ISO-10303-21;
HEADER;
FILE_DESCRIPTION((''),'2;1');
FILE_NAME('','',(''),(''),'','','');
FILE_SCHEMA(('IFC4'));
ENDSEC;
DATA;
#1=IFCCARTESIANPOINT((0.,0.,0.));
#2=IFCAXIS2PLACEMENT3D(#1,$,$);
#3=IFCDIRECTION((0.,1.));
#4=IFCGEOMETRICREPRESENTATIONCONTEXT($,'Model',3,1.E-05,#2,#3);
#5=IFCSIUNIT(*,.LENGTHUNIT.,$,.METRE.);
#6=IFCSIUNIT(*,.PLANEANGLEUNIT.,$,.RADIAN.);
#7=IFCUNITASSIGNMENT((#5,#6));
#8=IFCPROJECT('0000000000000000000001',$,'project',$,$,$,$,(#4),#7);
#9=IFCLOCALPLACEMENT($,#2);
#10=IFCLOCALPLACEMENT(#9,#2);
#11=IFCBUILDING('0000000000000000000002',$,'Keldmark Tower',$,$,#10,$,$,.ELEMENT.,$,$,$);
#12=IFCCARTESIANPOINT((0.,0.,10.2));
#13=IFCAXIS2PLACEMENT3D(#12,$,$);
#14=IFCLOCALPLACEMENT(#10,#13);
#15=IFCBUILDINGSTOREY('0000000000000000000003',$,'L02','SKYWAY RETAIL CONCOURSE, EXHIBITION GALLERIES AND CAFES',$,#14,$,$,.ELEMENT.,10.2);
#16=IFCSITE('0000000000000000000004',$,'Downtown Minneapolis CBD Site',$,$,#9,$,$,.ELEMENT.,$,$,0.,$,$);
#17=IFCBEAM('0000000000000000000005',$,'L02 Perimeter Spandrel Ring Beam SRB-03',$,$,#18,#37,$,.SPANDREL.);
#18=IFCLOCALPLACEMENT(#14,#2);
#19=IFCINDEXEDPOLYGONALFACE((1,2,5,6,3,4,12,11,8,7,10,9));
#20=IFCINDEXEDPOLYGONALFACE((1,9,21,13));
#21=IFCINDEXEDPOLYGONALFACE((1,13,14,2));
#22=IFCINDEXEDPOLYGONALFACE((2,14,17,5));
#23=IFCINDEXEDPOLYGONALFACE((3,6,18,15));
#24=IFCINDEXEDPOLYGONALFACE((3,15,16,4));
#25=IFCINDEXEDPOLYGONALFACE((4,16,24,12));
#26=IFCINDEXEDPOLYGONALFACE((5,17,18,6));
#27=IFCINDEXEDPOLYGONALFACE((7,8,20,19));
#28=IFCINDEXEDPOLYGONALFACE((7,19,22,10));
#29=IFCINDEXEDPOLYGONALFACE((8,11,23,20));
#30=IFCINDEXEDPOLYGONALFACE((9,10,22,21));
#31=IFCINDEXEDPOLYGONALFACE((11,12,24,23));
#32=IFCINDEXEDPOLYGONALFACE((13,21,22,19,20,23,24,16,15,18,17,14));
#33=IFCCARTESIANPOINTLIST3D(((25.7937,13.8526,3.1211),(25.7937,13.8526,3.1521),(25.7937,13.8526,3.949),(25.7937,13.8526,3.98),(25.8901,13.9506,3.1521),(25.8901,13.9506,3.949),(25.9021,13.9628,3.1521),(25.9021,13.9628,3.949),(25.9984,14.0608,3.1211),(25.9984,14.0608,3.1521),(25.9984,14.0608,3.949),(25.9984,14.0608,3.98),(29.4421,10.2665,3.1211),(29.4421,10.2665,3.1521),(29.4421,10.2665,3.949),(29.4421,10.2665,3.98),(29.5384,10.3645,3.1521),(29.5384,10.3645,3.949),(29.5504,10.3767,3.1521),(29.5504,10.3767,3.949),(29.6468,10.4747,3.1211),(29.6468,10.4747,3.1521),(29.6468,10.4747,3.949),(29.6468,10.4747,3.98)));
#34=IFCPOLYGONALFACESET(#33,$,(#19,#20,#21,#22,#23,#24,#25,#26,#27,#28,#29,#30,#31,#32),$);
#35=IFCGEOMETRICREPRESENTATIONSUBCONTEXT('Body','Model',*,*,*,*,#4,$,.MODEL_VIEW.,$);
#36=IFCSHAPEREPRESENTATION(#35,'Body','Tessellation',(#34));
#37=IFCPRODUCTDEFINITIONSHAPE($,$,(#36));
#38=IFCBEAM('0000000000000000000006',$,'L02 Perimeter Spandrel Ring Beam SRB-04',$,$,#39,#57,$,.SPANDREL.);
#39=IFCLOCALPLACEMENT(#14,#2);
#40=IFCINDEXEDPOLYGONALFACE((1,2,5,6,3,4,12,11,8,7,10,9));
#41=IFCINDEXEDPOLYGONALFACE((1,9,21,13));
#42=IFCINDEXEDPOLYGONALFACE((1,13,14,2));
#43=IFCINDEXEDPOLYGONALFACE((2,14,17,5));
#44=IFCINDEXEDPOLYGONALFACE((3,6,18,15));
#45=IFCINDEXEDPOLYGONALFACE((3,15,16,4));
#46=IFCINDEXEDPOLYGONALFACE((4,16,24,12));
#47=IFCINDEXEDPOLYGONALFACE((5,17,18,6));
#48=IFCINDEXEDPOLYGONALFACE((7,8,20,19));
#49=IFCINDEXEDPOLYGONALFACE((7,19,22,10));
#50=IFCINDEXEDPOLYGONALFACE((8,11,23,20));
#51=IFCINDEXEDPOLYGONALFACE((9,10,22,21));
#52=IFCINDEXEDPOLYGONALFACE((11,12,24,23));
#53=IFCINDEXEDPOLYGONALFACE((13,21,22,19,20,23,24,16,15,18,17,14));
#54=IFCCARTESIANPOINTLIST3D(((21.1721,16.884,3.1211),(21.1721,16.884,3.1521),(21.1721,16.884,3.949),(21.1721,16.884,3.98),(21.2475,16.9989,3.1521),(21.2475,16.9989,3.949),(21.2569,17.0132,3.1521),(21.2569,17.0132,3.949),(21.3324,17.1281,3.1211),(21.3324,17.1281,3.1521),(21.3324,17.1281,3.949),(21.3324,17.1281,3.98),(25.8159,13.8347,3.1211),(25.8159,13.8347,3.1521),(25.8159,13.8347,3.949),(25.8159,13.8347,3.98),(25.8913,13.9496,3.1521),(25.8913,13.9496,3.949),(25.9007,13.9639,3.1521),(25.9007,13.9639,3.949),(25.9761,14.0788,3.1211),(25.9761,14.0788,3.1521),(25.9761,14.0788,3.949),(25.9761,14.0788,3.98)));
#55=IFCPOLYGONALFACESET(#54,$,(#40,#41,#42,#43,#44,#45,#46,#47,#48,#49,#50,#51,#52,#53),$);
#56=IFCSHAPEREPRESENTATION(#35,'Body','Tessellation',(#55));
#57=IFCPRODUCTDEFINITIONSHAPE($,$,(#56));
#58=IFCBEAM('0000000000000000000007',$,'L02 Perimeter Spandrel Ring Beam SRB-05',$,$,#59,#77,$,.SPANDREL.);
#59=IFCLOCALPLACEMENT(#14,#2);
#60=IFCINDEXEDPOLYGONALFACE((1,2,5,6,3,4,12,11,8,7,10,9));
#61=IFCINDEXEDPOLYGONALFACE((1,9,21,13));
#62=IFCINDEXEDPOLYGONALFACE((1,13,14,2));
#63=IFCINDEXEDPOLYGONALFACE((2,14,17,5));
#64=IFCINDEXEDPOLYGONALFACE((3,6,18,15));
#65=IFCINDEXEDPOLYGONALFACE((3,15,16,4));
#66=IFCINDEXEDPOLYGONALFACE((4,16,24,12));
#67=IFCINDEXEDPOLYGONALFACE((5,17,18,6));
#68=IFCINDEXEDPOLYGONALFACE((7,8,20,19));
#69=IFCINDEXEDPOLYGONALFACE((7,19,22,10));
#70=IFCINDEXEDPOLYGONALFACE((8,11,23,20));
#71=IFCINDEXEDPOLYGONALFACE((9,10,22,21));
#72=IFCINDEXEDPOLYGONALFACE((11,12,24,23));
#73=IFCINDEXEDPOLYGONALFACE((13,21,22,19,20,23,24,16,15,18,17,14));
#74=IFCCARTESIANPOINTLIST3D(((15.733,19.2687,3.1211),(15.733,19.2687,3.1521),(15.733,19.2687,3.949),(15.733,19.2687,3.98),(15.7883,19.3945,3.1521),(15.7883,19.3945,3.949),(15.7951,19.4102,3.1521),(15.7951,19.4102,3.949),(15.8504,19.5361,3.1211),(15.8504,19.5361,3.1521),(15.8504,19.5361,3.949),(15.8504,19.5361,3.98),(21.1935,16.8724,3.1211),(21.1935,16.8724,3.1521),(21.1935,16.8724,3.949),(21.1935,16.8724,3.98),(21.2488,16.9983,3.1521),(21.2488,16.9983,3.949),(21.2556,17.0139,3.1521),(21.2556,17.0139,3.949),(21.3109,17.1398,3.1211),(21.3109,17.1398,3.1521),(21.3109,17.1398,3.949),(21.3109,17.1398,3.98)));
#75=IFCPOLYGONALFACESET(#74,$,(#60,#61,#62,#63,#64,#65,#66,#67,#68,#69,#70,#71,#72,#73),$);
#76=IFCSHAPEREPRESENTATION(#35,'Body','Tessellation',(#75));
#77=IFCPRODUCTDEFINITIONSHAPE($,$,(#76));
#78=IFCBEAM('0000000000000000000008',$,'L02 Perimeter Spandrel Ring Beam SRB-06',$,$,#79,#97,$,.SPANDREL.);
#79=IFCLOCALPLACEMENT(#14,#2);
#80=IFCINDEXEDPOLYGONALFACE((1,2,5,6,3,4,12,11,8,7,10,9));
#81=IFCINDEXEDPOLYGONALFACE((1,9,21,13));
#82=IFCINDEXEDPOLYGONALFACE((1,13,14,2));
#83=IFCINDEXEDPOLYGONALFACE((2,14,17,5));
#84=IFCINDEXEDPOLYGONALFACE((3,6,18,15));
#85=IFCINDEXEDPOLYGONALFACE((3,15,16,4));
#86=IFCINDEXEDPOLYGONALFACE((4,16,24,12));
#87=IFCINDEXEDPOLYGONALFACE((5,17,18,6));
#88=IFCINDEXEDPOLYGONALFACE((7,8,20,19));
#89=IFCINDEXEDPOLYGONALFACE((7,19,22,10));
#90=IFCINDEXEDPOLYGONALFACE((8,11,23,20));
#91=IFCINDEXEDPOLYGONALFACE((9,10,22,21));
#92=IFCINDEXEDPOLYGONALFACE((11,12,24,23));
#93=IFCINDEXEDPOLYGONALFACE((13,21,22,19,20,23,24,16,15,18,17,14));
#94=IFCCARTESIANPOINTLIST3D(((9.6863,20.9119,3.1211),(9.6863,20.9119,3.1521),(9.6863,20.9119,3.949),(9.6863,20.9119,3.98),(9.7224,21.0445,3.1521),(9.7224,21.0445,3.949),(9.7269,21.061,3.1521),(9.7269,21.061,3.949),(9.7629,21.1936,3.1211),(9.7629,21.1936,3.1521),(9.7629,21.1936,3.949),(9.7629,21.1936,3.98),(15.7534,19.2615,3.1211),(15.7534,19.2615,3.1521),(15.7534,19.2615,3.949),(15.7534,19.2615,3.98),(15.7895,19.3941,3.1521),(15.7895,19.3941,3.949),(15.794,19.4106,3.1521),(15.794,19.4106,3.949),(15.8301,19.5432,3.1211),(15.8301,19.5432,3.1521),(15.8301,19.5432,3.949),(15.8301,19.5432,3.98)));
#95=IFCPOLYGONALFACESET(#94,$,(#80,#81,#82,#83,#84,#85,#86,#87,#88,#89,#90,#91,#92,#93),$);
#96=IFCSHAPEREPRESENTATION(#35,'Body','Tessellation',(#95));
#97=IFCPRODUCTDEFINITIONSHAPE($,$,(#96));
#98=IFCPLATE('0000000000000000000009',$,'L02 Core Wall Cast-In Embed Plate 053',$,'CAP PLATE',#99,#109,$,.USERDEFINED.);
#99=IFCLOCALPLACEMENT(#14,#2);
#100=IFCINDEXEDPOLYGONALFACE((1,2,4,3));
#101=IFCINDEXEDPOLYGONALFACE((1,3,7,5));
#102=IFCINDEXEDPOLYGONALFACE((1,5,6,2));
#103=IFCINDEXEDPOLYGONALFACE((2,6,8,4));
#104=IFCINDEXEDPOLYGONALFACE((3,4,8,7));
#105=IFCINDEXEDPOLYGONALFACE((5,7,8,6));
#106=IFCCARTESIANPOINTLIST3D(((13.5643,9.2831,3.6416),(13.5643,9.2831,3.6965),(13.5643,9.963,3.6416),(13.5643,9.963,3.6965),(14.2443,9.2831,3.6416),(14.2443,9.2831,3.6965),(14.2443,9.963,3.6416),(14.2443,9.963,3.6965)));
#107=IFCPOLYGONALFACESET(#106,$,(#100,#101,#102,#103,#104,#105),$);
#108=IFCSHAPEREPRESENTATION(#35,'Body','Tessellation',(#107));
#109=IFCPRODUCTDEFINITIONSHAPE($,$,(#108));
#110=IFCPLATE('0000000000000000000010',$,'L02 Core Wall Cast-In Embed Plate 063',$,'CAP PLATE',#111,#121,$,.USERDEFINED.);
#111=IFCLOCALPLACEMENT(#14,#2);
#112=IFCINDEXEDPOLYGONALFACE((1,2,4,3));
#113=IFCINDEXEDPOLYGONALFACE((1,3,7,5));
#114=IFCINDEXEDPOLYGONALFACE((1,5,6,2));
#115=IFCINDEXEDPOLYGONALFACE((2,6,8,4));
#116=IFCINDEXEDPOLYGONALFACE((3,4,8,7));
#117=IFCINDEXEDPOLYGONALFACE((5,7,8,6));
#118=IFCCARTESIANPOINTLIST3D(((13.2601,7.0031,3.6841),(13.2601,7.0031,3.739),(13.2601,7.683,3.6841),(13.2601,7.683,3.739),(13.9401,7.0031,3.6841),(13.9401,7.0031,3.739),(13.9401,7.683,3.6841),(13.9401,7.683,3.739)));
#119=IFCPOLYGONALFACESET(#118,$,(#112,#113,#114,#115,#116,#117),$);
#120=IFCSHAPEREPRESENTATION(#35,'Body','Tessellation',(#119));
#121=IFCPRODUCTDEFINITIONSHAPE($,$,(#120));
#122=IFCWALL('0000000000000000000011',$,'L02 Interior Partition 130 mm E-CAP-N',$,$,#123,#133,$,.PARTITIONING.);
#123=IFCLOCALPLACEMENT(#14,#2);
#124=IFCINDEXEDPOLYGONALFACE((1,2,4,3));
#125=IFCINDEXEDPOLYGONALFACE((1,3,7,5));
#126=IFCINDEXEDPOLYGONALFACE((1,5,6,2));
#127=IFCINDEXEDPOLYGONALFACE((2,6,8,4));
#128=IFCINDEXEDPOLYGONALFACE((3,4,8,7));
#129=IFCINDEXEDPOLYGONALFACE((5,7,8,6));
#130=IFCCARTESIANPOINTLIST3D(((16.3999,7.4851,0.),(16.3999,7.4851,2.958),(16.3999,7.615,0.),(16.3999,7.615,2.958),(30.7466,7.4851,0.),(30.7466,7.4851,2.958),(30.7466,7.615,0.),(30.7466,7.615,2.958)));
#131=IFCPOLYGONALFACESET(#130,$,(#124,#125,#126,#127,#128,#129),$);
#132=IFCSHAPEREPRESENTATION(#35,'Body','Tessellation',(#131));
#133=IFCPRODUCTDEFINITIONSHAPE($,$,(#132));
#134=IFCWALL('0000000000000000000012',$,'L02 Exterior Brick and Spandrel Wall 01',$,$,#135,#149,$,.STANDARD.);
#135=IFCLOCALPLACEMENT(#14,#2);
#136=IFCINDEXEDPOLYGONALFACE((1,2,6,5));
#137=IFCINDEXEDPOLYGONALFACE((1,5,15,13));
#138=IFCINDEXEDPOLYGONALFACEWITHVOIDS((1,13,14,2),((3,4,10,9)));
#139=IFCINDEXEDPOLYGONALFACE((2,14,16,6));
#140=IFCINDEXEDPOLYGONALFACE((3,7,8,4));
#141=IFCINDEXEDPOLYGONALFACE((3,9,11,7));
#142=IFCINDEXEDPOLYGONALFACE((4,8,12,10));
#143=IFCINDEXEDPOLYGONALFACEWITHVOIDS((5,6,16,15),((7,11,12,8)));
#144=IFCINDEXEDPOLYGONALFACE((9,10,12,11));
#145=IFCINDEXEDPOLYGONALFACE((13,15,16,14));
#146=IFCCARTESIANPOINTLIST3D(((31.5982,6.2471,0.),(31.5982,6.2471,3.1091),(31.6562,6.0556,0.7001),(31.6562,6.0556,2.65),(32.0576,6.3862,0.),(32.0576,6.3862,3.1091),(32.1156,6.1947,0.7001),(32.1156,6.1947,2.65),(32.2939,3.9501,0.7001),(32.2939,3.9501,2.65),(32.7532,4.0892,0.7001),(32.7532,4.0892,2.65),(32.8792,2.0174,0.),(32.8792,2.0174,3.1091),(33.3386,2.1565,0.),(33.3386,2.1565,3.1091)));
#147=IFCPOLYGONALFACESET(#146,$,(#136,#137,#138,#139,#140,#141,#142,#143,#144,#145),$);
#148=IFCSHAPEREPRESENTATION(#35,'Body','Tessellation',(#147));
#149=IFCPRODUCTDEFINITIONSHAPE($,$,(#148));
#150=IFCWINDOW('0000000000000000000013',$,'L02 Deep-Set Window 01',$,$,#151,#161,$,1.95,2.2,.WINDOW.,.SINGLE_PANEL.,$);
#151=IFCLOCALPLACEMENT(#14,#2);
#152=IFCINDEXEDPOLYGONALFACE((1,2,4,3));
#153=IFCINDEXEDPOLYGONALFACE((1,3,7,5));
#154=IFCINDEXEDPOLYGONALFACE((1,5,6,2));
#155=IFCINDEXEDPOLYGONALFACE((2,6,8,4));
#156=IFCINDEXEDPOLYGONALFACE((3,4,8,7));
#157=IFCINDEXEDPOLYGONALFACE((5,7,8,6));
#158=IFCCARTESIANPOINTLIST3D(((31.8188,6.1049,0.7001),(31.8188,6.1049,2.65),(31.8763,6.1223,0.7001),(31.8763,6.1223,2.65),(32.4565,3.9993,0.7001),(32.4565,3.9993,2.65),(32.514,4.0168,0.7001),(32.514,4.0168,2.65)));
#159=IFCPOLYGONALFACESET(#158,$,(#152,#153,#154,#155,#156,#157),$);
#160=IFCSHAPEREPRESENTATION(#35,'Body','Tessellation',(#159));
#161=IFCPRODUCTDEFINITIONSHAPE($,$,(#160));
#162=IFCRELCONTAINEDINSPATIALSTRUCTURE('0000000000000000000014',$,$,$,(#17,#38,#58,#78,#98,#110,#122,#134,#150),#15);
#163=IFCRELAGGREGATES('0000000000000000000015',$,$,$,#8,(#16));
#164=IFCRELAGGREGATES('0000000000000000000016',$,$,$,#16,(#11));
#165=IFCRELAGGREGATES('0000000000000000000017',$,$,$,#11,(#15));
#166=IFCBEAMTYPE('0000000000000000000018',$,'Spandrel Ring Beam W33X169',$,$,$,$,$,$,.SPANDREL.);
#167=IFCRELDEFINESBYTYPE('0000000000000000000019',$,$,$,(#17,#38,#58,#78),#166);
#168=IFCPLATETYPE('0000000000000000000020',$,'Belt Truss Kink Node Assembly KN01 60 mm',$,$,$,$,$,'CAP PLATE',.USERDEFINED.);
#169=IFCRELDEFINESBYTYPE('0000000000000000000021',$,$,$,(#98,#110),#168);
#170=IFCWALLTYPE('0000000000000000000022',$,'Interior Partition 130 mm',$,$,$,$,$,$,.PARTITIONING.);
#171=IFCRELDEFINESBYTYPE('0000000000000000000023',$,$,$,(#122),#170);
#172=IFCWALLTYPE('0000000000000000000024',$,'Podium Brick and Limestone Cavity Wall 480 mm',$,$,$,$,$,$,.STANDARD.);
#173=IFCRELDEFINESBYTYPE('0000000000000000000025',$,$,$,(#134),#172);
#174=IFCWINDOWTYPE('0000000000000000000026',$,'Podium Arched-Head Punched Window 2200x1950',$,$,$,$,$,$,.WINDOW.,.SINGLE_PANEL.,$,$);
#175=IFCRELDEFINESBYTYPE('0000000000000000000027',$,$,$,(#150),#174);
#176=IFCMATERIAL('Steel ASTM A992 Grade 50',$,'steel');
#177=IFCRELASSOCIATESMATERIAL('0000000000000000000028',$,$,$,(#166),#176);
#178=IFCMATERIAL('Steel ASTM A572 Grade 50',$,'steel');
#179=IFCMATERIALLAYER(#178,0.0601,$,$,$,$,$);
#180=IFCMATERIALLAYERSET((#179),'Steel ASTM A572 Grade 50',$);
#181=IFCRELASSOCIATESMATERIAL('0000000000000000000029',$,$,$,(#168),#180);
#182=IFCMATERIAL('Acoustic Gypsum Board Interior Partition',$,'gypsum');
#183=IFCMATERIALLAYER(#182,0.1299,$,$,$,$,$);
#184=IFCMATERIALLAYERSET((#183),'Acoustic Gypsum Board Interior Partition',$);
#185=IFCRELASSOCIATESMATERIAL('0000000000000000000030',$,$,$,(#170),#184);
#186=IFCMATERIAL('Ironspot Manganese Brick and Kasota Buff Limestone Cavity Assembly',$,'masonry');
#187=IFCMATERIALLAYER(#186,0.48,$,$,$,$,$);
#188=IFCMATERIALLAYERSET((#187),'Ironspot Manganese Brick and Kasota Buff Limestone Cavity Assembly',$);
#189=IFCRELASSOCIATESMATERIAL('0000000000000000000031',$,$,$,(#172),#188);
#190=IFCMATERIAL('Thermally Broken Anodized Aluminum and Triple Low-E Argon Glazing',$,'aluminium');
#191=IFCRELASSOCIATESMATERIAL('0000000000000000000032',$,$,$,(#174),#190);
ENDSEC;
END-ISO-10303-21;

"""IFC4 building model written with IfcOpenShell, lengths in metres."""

from ifc_helpers import new_model, si_unit, direction, frame, frame_2d, origin, origin_2d, place, context, subcontext, project, spatial, rectangle, i_section, extrude, material, layer, layer_set, material_profile, profile_set, type_object, element, fill, save


model = new_model("IFC4")

# Units and contexts
model_context = context("Model", 3, precision=1e-05, world=origin(), true_north=direction((0.0, 1.0)))
body_context = subcontext(model_context, "Body", "Model", "MODEL_VIEW")
ifc_project = project(units=[si_unit("LENGTHUNIT", "METRE"), si_unit("PLANEANGLEUNIT", "RADIAN")], contexts=[model_context])

# Site, building, storey
site_placement = place(None, origin())
site = spatial("IfcSite", under=ifc_project, at=site_placement, Name="Downtown Minneapolis CBD Site", CompositionType="ELEMENT", RefElevation=0.0)
building_placement = place(site_placement, origin())
building = spatial("IfcBuilding", under=site, at=building_placement, Name="Keldmark Tower", CompositionType="ELEMENT")
storey_placement = place(building_placement, frame((0.0, 0.0, 10.2)))
storey = spatial("IfcBuildingStorey", under=building, at=storey_placement, Name="L02", Description="SKYWAY RETAIL CONCOURSE, EXHIBITION GALLERIES AND CAFES", CompositionType="ELEMENT", Elevation=10.2)

# Beams
ifc_material_1 = material(Name="Steel ASTM A992 Grade 50", Category="steel")
ifc_material_profile_1 = material_profile(ifc_material_1, i_section(OverallWidth=0.292, OverallDepth=0.8589, WebThickness=0.0171, FlangeThickness=0.031, at=origin_2d()), Name="W33X169")
ifc_profile_set_1 = profile_set([ifc_material_profile_1], Name="Steel ASTM A992 Grade 50")
beam_type_1 = type_object("IfcBeamType", Name="Spandrel Ring Beam W33X169", PredefinedType="SPANDREL", material=ifc_profile_set_1)
beam_1_placement = place(storey_placement, frame((29.5444, 10.3706, 3.5505), z_axis=(-0.713165, 0.700996, 0.0), x_axis=(-0.700996, -0.713165, 0.0)))
element("IfcBeam", 1, at=beam_1_placement, inside=storey, type_object=beam_type_1, Name="L02 Perimeter Spandrel Ring Beam SRB-03", PredefinedType="SPANDREL", context=body_context, shape_type="SweptSolid", body=[
    extrude(i_section(OverallWidth=0.292, OverallDepth=0.8589, WebThickness=0.0171, FlangeThickness=0.031, at=origin_2d()), origin(), (0.0, 0.0, 1.0), 5.1157),
])
beam_2_placement = place(storey_placement, frame((25.896, 13.9568, 3.5505), z_axis=(-0.835897, 0.548886, 0.0), x_axis=(-0.548886, -0.835897, 0.0)))
element("IfcBeam", 2, at=beam_2_placement, inside=storey, type_object=beam_type_1, Name="L02 Perimeter Spandrel Ring Beam SRB-04", PredefinedType="SPANDREL", context=body_context, shape_type="SweptSolid", body=[
    extrude(i_section(OverallWidth=0.292, OverallDepth=0.8589, WebThickness=0.0171, FlangeThickness=0.031, at=origin_2d()), origin(), (0.0, 0.0, 1.0), 5.5554),
])
beam_3_placement = place(storey_placement, frame((21.2522, 17.0061, 3.5505), z_axis=(-0.915708, 0.401845, 0.0), x_axis=(-0.401845, -0.915708, 0.0)))
element("IfcBeam", 3, at=beam_3_placement, inside=storey, type_object=beam_type_1, Name="L02 Perimeter Spandrel Ring Beam SRB-05", PredefinedType="SPANDREL", context=body_context, shape_type="SweptSolid", body=[
    extrude(i_section(OverallWidth=0.292, OverallDepth=0.8589, WebThickness=0.0171, FlangeThickness=0.031, at=origin_2d()), origin(), (0.0, 0.0, 1.0), 5.9631),
])
beam_4_placement = place(storey_placement, frame((15.7917, 19.4023, 3.5505), z_axis=(-0.964937, 0.262483, 0.0), x_axis=(-0.262483, -0.964937, 0.0)))
element("IfcBeam", 4, at=beam_4_placement, inside=storey, type_object=beam_type_1, Name="L02 Perimeter Spandrel Ring Beam SRB-06", PredefinedType="SPANDREL", context=body_context, shape_type="SweptSolid", body=[
    extrude(i_section(OverallWidth=0.292, OverallDepth=0.8589, WebThickness=0.0171, FlangeThickness=0.031, at=origin_2d()), origin(), (0.0, 0.0, 1.0), 6.2876),
])

# Plates
ifc_material_2 = material(Name="Steel ASTM A572 Grade 50", Category="steel")
ifc_layer_1 = layer(ifc_material_2, 0.0601)
ifc_layer_set_1 = layer_set([ifc_layer_1], Name="Steel ASTM A572 Grade 50")
plate_type = type_object("IfcPlateType", Name="Belt Truss Kink Node Assembly KN01 60 mm", ElementType="CAP PLATE", PredefinedType="USERDEFINED", material=ifc_layer_set_1)
for number, where, z_axis, x_axis, name in (
    (5, (13.9043, 9.623, 3.6416), (0.0, 0.0, 1.0), (1.0, 0.0, 0.0), "L02 Core Wall Cast-In Embed Plate 053"),
    (6, (13.6001, 7.343, 3.6841), (0.0, 0.0, 1.0), (1.0, 0.0, 0.0), "L02 Core Wall Cast-In Embed Plate 063"),
):
    element("IfcPlate", number, at=place(storey_placement, frame(where, z_axis=z_axis, x_axis=x_axis)), inside=storey, type_object=plate_type, Name=name, ObjectType="CAP PLATE", PredefinedType="USERDEFINED", context=body_context, shape_type="SweptSolid", body=[
        extrude(rectangle(XDim=0.6799, YDim=0.6799, at=origin_2d()), origin(), (0.0, 0.0, 1.0), 0.0549),
    ])

# Wall
ifc_material_3 = material(Name="Acoustic Gypsum Board Interior Partition", Category="gypsum")
ifc_layer_2 = layer(ifc_material_3, 0.1299)
ifc_layer_set_2 = layer_set([ifc_layer_2], Name="Acoustic Gypsum Board Interior Partition")
wall_type_1 = type_object("IfcWallType", Name="Interior Partition 130 mm", PredefinedType="PARTITIONING", material=ifc_layer_set_2)
wall_1_placement = place(storey_placement, frame((16.3999, 7.55, 0.0), z_axis=(0.0, 0.0, 1.0), x_axis=(1.0, 0.0, 0.0)))
element("IfcWall", 7, at=wall_1_placement, inside=storey, type_object=wall_type_1, Name="L02 Interior Partition 130 mm E-CAP-N", PredefinedType="PARTITIONING", context=body_context, shape_type="SweptSolid", body=[
    extrude(rectangle(XDim=14.3467, YDim=0.1299, at=frame_2d((7.1733, 0.0))), origin(), (0.0, 0.0, 1.0), 2.958),
])

# Wall, opening, window
ifc_material_4 = material(Name="Ironspot Manganese Brick and Kasota Buff Limestone Cavity Assembly", Category="masonry")
ifc_layer_3 = layer(ifc_material_4, 0.48)
ifc_layer_set_3 = layer_set([ifc_layer_3], Name="Ironspot Manganese Brick and Kasota Buff Limestone Cavity Assembly")
wall_type_2 = type_object("IfcWallType", Name="Podium Brick and Limestone Cavity Wall 480 mm", PredefinedType="STANDARD", material=ifc_layer_set_3)
wall_2_placement = place(storey_placement, frame((31.8279, 6.3167, 0.0), z_axis=(0.0, 0.0, 1.0), x_axis=(0.289856, -0.95707, 0.0)))
wall_2 = element("IfcWall", 8, at=wall_2_placement, inside=storey, type_object=wall_type_2, Name="L02 Exterior Brick and Spandrel Wall 01", PredefinedType="STANDARD", context=body_context, shape_type="SweptSolid", body=[
    extrude(rectangle(XDim=4.4194, YDim=0.48, at=frame_2d((2.2097, 0.0))), origin(), (0.0, 0.0, 1.0), 3.1091),
])
opening_1_placement = place(wall_2_placement, frame((0.2, 0.0, 0.7)))
opening_1 = element("IfcOpeningElement", 9, at=opening_1_placement, cuts=wall_2, PredefinedType="OPENING", context=body_context, shape_type="SweptSolid", body=[
    extrude(rectangle(XDim=2.2, YDim=1.95, at=frame_2d((1.1001, 0.9751))), frame((0.0, 0.25, 0.0), z_axis=(0.0, -1.0, 0.0), x_axis=(1.0, 0.0, 0.0)), (0.0, 0.0, 1.0), 0.5),
])
ifc_material_5 = material(Name="Thermally Broken Anodized Aluminum and Triple Low-E Argon Glazing", Category="aluminium")
window_type = type_object("IfcWindowType", Name="Podium Arched-Head Punched Window 2200x1950", PartitioningType="SINGLE_PANEL", PredefinedType="WINDOW", material=ifc_material_5)
window_1_placement = place(opening_1_placement, origin())
window_1 = element("IfcWindow", 10, at=window_1_placement, inside=storey, type_object=window_type, Name="L02 Deep-Set Window 01", OverallHeight=1.95, OverallWidth=2.2, PartitioningType="SINGLE_PANEL", PredefinedType="WINDOW", context=body_context, shape_type="SweptSolid", body=[
    extrude(rectangle(XDim=2.2, YDim=1.95, at=frame_2d((1.1001, 0.9751))), frame((0.0, -0.01, 0.0), z_axis=(0.0, -1.0, 0.0), x_axis=(1.0, 0.0, 0.0)), (0.0, 0.0, 1.0), 0.0601),
])
fill(opening_1, window_1)

save(model, "model.ifc")
